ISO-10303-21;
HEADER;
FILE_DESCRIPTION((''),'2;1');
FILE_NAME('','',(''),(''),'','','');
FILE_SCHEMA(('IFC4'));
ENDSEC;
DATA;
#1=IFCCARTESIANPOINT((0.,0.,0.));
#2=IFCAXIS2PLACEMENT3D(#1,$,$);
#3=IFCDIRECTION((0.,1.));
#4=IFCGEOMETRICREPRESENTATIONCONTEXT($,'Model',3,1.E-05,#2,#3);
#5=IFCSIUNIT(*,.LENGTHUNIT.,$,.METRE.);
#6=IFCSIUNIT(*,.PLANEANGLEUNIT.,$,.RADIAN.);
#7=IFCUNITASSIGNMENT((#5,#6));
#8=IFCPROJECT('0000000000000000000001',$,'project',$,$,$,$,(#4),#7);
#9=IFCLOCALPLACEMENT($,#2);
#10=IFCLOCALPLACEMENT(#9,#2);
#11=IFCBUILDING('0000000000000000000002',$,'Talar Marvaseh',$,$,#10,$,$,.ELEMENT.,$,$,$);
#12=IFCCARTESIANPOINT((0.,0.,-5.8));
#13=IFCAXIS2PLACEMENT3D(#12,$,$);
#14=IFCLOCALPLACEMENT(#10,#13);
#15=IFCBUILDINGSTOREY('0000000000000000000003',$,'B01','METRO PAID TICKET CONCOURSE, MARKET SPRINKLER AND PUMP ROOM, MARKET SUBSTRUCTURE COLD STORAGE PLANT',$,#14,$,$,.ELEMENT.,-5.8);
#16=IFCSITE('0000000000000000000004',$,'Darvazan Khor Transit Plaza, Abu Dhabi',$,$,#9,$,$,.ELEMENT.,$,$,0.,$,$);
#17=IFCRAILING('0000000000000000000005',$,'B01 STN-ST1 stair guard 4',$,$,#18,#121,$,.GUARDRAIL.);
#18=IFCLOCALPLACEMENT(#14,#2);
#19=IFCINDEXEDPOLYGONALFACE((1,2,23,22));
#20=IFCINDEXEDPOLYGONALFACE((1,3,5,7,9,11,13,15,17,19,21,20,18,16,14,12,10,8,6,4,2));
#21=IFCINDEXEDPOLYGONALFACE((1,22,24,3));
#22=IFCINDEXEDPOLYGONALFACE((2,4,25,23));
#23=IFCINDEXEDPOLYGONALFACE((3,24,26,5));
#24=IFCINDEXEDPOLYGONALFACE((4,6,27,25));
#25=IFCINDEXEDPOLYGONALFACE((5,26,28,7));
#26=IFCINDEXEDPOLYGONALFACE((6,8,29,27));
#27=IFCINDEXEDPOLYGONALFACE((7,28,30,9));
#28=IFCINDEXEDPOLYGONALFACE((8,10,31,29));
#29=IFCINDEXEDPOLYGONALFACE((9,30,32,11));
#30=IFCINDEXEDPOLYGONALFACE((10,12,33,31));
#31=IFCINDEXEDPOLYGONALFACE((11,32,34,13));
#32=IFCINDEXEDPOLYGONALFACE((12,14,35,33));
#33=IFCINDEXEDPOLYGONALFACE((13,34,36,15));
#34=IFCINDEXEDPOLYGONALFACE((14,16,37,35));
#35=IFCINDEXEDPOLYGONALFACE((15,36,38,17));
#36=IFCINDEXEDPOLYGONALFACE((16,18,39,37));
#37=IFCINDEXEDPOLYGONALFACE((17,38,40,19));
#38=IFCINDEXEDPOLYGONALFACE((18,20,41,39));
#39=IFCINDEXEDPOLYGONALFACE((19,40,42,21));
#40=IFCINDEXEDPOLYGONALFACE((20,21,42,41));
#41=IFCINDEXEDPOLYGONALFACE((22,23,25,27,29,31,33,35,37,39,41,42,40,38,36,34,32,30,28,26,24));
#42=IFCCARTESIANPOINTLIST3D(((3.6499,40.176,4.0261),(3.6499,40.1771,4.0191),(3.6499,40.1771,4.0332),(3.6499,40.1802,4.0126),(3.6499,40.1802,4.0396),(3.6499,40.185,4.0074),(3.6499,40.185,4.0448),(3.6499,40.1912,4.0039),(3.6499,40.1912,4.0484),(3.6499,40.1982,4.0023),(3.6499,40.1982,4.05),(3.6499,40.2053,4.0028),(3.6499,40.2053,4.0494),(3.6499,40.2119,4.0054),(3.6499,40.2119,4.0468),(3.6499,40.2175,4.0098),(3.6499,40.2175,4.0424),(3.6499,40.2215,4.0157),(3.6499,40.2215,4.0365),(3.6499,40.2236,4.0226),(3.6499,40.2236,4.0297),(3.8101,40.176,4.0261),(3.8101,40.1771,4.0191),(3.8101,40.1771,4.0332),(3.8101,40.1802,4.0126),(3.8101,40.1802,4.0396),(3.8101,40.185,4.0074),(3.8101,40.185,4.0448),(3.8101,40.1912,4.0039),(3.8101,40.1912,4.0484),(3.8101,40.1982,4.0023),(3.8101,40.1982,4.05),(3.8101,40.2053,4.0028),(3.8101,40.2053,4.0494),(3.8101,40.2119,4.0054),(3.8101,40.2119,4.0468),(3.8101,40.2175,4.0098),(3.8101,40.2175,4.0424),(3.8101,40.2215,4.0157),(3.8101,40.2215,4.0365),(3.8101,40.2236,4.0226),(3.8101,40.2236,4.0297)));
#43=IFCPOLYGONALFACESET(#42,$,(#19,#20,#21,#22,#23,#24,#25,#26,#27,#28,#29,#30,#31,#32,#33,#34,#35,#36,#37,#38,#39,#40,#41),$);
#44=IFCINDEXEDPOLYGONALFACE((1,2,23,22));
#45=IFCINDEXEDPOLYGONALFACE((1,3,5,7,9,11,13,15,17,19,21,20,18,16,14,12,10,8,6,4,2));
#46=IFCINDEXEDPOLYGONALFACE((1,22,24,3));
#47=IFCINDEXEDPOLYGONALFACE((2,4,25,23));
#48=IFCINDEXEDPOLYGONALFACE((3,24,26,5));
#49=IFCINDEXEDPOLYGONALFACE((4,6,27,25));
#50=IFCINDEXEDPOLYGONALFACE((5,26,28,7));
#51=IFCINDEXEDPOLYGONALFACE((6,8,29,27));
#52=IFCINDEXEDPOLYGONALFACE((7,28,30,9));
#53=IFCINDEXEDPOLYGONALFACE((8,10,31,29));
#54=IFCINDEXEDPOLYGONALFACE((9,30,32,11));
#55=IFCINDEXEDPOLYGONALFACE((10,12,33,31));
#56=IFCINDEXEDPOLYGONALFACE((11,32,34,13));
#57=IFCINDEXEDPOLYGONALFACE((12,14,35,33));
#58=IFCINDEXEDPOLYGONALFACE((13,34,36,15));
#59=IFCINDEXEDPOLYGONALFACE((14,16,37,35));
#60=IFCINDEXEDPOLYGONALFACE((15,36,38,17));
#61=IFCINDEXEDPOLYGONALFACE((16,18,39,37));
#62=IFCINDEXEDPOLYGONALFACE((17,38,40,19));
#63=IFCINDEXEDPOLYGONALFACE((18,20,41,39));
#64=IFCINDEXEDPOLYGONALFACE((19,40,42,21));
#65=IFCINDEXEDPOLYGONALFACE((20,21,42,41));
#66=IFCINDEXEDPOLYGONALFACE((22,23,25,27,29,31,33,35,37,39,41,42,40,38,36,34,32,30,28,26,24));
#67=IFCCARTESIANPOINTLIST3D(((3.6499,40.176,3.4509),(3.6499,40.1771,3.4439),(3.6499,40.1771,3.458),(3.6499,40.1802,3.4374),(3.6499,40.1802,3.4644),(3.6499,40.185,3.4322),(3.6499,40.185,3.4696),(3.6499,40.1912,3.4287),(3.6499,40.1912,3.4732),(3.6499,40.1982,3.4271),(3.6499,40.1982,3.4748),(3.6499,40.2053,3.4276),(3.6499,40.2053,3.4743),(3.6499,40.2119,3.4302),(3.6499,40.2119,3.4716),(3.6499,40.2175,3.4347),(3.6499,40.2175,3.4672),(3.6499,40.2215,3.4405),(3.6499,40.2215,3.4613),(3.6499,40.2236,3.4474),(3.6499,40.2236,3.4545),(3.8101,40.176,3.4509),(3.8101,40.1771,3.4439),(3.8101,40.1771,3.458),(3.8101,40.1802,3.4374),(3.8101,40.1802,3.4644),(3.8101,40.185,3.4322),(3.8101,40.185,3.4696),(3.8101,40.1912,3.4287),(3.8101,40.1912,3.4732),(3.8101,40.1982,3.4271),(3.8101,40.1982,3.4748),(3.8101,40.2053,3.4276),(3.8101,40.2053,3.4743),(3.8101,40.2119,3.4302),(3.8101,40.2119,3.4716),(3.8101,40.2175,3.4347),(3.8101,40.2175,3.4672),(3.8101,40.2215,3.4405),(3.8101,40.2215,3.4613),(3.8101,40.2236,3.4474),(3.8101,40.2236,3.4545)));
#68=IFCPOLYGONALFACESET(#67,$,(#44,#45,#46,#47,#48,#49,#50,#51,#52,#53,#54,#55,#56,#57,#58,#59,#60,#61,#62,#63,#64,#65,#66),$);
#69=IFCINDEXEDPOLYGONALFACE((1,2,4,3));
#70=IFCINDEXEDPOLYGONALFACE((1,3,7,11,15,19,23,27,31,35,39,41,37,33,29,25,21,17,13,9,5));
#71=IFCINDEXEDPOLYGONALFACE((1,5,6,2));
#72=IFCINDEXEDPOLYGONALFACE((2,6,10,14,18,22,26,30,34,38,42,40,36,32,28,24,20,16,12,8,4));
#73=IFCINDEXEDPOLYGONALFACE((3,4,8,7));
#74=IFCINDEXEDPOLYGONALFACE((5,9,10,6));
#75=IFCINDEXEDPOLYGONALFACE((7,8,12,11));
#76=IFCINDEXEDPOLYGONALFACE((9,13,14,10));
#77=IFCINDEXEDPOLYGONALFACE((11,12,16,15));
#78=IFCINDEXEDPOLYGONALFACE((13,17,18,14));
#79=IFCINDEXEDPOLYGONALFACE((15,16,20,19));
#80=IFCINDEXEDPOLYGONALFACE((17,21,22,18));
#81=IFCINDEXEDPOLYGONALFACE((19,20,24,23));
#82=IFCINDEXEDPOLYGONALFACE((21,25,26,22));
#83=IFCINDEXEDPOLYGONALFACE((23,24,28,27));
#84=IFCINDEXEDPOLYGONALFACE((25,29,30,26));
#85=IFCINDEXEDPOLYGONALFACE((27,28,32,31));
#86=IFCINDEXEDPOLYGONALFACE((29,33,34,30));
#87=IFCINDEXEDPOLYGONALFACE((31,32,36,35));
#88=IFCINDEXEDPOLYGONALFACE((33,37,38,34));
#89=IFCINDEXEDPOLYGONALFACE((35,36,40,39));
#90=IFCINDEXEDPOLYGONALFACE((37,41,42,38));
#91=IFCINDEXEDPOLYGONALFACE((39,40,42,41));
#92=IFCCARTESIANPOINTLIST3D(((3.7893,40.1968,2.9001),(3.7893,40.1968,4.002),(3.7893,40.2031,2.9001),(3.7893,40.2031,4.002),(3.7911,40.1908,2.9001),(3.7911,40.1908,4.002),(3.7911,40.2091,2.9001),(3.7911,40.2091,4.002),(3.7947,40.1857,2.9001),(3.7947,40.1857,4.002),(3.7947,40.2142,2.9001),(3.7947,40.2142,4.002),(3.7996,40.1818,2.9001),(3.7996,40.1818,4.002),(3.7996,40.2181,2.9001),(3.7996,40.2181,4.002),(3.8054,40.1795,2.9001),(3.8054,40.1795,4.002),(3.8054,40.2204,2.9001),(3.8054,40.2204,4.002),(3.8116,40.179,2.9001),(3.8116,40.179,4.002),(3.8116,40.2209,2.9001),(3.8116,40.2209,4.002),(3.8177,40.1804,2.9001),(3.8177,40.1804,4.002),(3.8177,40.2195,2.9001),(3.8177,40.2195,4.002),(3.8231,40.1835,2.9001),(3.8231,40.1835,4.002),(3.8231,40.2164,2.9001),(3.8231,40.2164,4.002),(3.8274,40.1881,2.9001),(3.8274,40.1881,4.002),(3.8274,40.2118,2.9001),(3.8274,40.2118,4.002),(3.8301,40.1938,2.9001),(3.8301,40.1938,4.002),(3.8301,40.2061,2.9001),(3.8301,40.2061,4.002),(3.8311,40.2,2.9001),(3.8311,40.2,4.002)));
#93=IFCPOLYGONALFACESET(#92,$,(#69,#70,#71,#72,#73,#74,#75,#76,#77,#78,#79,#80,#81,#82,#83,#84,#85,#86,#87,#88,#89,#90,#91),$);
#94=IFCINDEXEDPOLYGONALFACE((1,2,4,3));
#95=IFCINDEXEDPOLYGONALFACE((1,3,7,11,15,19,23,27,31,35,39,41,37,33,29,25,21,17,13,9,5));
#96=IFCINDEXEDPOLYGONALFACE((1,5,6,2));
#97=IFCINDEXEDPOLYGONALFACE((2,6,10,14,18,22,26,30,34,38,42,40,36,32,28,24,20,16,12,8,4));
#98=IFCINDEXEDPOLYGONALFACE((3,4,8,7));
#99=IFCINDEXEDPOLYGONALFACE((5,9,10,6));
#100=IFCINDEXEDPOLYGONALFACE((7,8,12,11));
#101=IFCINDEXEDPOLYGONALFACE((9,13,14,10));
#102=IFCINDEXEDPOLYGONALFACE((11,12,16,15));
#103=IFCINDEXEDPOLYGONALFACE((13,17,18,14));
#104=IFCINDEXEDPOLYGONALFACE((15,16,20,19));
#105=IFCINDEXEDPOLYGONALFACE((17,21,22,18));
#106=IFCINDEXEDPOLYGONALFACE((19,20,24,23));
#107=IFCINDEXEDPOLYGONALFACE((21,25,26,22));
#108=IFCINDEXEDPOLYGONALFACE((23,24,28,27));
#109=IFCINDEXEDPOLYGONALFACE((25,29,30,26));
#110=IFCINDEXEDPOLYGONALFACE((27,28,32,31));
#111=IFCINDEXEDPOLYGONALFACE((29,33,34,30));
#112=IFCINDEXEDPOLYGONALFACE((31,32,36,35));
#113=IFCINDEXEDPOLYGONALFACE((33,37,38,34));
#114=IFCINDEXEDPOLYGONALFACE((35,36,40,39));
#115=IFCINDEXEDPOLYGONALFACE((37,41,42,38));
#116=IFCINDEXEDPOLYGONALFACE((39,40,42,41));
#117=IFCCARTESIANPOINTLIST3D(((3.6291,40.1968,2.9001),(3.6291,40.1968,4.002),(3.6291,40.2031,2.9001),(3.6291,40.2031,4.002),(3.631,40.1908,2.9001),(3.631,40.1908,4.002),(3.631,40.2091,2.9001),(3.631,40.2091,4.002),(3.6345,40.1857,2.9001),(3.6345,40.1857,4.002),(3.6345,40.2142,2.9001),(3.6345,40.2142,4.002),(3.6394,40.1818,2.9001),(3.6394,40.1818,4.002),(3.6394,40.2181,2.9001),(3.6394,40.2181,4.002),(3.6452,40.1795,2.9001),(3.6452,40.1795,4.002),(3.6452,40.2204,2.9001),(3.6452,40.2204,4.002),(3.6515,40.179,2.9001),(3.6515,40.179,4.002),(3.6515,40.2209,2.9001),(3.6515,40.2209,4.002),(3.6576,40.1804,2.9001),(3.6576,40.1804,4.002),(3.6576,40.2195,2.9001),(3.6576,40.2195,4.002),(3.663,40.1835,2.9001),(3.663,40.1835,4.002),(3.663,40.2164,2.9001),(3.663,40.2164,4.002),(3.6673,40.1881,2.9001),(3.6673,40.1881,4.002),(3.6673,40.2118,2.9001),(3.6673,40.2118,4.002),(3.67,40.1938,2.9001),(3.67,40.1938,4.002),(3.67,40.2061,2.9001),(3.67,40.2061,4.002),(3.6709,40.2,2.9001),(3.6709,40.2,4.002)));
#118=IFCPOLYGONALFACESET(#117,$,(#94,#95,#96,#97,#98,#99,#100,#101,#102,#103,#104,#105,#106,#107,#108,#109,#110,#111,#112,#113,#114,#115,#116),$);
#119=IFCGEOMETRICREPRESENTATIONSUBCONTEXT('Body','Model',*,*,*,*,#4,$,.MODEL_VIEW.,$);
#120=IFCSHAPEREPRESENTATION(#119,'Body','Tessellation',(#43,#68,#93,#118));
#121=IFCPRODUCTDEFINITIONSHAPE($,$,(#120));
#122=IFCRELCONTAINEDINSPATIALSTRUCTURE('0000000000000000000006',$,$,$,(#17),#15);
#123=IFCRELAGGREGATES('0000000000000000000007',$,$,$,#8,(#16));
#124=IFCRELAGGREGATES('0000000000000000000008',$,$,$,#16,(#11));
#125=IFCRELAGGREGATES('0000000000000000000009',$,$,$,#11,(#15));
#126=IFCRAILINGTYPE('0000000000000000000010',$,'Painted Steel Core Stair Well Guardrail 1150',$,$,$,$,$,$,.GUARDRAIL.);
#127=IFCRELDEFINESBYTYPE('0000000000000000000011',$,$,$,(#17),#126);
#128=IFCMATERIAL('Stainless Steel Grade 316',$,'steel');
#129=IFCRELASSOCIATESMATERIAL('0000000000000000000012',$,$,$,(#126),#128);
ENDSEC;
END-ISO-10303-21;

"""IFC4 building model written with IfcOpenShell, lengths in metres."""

from ifc_helpers import new_model, si_unit, direction, frame, origin, origin_2d, place, context, subcontext, project, spatial, circle, extrude, material, type_object, element, save


model = new_model("IFC4")

# Units and contexts
model_context = context("Model", 3, precision=1e-05, world=origin(), true_north=direction((0.0, 1.0)))
body_context = subcontext(model_context, "Body", "Model", "MODEL_VIEW")
ifc_project = project(units=[si_unit("LENGTHUNIT", "METRE"), si_unit("PLANEANGLEUNIT", "RADIAN")], contexts=[model_context])

# Site, building, storey
site_placement = place(None, origin())
site = spatial("IfcSite", under=ifc_project, at=site_placement, Name="Darvazan Khor Transit Plaza, Abu Dhabi", CompositionType="ELEMENT", RefElevation=0.0)
building_placement = place(site_placement, origin())
building = spatial("IfcBuilding", under=site, at=building_placement, Name="Talar Marvaseh", CompositionType="ELEMENT")
storey_placement = place(building_placement, frame((0.0, 0.0, -5.8)))
storey = spatial("IfcBuildingStorey", under=building, at=storey_placement, Name="B01", Description="METRO PAID TICKET CONCOURSE, MARKET SPRINKLER AND PUMP ROOM, MARKET SUBSTRUCTURE COLD STORAGE PLANT", CompositionType="ELEMENT", Elevation=-5.8)

# Railing
ifc_material_1 = material(Name="Stainless Steel Grade 316", Category="steel")
railing_type_1 = type_object("IfcRailingType", Name="Painted Steel Core Stair Well Guardrail 1150", PredefinedType="GUARDRAIL", material=ifc_material_1)
railing_1_placement = place(storey_placement, frame((3.8101, 40.2, 2.9001)))
element("IfcRailing", 1, at=railing_1_placement, inside=storey, type_object=railing_type_1, Name="B01 STN-ST1 stair guard 4", PredefinedType="GUARDRAIL", context=body_context, shape_type="SweptSolid", body=[
    extrude(circle(Radius=0.0239, at=origin_2d()), frame((0.0, 0.0, 1.126), z_axis=(-1.0, 0.0, 0.0), x_axis=(0.0, -1.0, 0.0)), (0.0, 0.0, 1.0), 0.1602),
    extrude(circle(Radius=0.0239, at=origin_2d()), frame((0.0, 0.0, 0.5508), z_axis=(-1.0, 0.0, 0.0), x_axis=(0.0, -1.0, 0.0)), (0.0, 0.0, 1.0), 0.1602),
    extrude(circle(Radius=0.021, at=origin_2d()), origin(), (0.0, 0.0, 1.0), 1.1018),
    extrude(circle(Radius=0.021, at=origin_2d()), frame((-0.1602, 0.0, 0.0)), (0.0, 0.0, 1.0), 1.1018),
])

save(model, "model.ifc")
